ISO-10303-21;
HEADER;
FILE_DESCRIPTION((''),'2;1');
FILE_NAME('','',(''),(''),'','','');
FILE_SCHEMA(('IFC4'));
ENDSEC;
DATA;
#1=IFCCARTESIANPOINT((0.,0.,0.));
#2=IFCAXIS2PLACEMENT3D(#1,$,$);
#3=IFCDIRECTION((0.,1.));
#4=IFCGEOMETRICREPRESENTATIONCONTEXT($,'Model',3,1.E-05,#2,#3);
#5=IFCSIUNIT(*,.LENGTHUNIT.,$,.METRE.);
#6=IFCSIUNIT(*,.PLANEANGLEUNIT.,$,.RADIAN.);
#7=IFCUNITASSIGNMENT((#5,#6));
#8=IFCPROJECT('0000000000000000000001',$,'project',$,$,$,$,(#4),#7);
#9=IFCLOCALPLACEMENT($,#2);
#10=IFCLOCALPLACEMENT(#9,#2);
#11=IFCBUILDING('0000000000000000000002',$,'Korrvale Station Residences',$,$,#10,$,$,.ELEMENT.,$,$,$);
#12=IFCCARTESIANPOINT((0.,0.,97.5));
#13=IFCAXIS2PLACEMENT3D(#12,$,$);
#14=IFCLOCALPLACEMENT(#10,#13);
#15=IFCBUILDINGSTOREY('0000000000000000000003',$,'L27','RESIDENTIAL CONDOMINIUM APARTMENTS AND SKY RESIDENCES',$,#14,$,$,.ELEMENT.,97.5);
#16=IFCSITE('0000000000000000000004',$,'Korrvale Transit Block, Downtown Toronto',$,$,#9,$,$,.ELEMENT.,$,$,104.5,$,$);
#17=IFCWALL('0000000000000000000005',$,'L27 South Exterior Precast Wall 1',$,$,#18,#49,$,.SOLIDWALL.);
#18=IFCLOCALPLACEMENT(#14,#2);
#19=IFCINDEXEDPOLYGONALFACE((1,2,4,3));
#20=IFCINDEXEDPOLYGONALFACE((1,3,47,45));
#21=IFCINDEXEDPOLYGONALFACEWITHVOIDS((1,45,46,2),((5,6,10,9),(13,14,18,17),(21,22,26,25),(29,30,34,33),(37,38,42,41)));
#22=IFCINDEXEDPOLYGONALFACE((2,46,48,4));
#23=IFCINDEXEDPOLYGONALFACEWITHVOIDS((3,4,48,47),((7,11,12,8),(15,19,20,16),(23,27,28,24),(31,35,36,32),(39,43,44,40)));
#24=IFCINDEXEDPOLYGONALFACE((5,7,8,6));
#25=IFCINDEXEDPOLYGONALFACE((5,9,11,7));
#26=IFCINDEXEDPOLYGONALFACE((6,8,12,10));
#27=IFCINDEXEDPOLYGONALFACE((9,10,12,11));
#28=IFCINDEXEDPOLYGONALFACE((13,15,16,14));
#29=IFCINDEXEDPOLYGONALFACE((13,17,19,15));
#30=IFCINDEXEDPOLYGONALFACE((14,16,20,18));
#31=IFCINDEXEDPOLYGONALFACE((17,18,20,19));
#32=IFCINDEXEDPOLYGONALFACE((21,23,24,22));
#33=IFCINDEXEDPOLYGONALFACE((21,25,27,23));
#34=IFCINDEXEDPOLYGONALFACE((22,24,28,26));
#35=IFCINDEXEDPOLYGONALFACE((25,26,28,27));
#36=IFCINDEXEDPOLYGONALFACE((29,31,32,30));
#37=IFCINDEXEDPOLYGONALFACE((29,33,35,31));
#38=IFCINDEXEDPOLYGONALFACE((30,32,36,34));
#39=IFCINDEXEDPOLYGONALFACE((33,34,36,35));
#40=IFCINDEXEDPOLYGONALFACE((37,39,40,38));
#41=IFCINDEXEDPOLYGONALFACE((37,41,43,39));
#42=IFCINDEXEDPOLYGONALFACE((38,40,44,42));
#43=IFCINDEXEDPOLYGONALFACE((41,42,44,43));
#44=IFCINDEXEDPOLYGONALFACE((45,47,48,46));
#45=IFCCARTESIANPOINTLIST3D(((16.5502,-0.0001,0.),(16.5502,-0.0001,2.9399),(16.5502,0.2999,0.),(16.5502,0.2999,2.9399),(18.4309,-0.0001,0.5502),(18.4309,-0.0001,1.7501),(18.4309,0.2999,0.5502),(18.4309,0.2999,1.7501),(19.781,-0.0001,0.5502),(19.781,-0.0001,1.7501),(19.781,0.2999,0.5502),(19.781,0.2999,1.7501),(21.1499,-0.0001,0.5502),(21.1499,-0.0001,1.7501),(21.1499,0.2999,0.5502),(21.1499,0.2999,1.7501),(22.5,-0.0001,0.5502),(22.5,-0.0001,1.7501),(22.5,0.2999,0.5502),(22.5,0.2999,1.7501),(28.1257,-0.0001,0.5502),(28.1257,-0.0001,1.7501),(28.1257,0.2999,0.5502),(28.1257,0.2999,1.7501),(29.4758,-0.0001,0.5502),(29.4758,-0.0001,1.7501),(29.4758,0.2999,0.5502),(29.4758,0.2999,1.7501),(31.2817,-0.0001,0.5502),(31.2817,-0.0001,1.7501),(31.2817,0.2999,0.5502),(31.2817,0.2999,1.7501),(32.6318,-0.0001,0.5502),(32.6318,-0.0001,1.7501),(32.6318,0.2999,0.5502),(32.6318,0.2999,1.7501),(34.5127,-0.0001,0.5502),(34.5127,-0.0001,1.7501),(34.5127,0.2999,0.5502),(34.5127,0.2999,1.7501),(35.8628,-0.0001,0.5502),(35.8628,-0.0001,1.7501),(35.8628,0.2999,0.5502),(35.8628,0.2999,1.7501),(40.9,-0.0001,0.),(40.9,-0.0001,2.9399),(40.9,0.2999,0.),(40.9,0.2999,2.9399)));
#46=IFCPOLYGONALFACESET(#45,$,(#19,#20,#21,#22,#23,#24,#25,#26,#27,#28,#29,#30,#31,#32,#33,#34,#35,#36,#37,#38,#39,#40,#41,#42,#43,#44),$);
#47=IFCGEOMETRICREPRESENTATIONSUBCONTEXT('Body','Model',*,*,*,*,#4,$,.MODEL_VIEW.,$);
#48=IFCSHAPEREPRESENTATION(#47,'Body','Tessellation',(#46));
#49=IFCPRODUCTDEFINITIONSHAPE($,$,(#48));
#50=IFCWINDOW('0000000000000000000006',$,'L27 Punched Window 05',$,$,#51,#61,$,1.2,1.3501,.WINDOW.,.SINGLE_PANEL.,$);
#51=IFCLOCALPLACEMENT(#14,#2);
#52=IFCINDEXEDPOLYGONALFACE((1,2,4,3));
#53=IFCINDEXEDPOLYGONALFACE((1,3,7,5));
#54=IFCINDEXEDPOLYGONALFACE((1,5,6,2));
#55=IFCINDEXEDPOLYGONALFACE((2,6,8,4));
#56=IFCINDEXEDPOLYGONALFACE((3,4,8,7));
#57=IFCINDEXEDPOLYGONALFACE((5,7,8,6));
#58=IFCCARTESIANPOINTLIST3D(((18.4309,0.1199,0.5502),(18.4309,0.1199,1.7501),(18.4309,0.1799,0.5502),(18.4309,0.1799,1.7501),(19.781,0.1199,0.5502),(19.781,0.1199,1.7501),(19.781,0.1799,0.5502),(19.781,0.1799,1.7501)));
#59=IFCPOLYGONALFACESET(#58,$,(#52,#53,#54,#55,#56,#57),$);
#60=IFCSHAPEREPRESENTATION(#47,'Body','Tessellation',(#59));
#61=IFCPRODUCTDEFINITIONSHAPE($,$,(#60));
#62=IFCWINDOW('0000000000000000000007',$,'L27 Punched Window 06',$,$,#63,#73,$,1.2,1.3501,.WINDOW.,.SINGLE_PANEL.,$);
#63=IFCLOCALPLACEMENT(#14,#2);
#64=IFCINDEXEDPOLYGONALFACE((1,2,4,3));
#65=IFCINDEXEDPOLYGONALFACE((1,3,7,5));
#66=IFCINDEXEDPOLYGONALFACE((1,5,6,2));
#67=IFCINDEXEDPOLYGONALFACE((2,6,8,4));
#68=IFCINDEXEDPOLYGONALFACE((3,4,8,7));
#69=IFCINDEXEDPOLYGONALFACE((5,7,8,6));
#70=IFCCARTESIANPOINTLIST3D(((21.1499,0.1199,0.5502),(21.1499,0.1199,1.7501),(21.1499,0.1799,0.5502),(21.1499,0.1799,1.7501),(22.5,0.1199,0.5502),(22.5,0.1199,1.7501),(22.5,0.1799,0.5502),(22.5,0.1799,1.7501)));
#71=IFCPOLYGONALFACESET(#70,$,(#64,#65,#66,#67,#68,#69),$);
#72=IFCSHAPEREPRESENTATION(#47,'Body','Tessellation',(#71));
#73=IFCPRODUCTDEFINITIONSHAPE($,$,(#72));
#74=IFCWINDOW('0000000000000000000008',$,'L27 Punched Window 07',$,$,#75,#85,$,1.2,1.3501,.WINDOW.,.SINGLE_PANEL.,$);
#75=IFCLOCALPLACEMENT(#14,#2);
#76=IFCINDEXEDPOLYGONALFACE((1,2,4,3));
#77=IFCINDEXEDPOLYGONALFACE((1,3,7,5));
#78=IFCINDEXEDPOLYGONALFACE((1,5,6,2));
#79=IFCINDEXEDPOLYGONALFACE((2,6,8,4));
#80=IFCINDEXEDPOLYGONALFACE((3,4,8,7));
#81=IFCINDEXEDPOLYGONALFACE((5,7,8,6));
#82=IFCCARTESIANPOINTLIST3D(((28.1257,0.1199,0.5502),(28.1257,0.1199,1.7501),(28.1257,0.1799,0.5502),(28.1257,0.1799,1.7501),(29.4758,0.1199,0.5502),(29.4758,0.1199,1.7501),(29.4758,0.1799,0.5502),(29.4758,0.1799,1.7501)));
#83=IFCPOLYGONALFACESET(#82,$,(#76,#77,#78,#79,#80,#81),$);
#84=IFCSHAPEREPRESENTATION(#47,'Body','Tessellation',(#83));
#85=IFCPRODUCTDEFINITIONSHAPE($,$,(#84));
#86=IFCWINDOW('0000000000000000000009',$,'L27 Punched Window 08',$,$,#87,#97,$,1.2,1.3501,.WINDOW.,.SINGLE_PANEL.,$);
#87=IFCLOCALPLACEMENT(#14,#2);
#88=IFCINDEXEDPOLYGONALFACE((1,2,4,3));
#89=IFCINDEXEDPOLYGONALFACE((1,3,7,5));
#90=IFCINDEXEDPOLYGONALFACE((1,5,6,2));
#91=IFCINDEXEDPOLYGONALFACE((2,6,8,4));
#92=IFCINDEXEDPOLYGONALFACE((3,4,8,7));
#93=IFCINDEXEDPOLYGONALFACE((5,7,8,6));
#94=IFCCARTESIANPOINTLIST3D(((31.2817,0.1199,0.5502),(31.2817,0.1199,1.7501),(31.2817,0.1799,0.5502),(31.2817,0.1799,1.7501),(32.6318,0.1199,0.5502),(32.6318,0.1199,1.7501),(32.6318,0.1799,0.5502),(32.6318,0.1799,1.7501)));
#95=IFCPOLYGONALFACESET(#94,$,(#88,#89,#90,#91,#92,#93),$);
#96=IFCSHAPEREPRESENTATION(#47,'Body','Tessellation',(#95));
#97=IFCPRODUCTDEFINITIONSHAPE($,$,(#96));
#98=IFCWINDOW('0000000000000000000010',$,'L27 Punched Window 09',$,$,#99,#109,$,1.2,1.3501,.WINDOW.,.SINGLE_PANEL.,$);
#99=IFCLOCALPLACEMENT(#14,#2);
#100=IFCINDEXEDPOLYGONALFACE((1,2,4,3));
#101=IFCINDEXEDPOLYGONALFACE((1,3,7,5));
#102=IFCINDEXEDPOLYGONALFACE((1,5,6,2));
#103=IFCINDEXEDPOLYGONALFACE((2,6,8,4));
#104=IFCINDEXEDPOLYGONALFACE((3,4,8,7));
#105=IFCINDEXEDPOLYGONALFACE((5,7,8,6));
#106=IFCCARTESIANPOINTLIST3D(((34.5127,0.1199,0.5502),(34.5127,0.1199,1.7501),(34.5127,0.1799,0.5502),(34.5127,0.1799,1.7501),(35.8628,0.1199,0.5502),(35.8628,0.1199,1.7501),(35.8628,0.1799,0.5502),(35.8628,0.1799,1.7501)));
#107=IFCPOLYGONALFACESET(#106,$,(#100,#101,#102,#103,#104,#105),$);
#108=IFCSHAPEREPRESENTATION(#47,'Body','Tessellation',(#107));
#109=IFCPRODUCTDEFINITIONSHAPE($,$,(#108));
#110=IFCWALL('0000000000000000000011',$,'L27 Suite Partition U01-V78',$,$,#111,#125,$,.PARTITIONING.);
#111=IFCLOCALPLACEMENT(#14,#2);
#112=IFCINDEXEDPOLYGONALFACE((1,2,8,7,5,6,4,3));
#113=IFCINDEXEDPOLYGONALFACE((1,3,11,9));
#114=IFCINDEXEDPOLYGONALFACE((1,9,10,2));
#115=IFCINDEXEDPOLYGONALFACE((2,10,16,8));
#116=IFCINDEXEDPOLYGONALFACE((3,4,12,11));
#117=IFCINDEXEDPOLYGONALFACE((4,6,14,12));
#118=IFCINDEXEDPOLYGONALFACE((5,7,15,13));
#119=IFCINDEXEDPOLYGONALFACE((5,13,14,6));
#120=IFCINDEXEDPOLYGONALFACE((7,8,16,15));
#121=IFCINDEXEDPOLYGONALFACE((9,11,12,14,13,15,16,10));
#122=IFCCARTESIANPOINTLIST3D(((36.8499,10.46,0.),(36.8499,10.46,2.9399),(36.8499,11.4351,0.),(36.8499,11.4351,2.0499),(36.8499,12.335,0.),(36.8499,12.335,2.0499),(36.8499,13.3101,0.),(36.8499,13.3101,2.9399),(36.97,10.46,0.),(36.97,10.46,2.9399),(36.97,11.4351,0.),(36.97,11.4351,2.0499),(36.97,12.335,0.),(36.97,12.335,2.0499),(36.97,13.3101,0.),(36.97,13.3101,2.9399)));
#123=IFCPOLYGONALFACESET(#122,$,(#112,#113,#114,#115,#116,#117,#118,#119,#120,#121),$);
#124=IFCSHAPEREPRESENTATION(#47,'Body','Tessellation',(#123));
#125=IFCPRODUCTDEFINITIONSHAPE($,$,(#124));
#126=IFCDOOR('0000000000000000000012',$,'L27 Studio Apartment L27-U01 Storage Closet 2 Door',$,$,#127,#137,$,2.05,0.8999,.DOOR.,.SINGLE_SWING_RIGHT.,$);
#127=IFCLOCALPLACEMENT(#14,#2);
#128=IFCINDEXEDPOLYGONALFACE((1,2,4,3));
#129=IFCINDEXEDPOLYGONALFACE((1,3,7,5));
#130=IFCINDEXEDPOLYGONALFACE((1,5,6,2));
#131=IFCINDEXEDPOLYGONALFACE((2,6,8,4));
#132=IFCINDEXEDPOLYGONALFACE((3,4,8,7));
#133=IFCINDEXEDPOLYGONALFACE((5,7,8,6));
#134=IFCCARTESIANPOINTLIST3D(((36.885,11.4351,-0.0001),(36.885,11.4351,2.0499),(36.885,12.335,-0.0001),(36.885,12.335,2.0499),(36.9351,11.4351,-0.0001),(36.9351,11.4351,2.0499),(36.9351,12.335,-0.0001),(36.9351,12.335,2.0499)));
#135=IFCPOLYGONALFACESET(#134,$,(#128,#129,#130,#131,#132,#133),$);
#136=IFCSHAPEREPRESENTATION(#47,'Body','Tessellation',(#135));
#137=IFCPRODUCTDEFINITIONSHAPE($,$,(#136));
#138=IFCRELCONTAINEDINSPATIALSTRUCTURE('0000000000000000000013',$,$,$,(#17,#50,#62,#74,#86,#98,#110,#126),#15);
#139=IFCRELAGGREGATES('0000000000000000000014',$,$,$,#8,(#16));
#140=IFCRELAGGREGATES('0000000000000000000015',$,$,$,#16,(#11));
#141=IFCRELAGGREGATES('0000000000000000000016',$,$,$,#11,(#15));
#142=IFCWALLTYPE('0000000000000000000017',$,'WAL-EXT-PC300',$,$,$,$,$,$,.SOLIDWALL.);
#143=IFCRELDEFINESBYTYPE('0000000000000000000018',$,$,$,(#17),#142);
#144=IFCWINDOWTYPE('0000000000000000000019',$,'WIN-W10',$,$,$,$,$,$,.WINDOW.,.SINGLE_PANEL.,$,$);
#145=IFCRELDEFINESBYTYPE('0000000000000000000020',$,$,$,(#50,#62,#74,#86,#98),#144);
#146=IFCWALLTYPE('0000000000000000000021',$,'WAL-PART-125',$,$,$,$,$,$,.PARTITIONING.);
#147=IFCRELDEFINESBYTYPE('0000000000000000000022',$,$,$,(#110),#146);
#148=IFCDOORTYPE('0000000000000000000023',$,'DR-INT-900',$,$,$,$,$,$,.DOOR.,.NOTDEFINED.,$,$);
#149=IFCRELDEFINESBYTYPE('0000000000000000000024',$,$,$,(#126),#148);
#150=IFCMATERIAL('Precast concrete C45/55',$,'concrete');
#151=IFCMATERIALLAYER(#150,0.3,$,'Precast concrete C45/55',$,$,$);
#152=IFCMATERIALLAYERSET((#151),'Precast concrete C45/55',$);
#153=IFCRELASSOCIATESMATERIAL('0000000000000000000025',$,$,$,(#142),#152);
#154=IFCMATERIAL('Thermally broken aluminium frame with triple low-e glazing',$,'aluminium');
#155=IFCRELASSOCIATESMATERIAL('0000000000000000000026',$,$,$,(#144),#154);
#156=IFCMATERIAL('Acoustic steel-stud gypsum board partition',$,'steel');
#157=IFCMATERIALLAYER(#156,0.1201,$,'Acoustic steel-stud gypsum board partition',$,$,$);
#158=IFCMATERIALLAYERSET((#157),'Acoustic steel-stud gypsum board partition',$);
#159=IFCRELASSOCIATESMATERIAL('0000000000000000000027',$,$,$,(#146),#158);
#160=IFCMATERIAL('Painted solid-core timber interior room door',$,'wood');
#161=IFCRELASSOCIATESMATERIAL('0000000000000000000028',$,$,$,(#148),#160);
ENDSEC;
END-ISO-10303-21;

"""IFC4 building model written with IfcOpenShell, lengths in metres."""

from ifc_helpers import new_model, si_unit, direction, frame, frame_2d, origin, place, context, subcontext, project, spatial, rectangle, extrude, material, layer, layer_set, type_object, element, fill, save


model = new_model("IFC4")

# Units and contexts
model_context = context("Model", 3, precision=1e-05, world=origin(), true_north=direction((0.0, 1.0)))
body_context = subcontext(model_context, "Body", "Model", "MODEL_VIEW")
ifc_project = project(units=[si_unit("LENGTHUNIT", "METRE"), si_unit("PLANEANGLEUNIT", "RADIAN")], contexts=[model_context])

# Site, building, storey
site_placement = place(None, origin())
site = spatial("IfcSite", under=ifc_project, at=site_placement, Name="Korrvale Transit Block, Downtown Toronto", CompositionType="ELEMENT", RefElevation=104.5)
building_placement = place(site_placement, origin())
building = spatial("IfcBuilding", under=site, at=building_placement, Name="Korrvale Station Residences", CompositionType="ELEMENT")
storey_placement = place(building_placement, frame((0.0, 0.0, 97.5)))
storey = spatial("IfcBuildingStorey", under=building, at=storey_placement, Name="L27", Description="RESIDENTIAL CONDOMINIUM APARTMENTS AND SKY RESIDENCES", CompositionType="ELEMENT", Elevation=97.5)

# Shared definitions
ifc_material_1 = material(Name="Precast concrete C45/55", Category="concrete")

# Wall, openings, windows
ifc_layer_1 = layer(ifc_material_1, 0.3, Name="Precast concrete C45/55")
ifc_layer_set_1 = layer_set([ifc_layer_1], Name="Precast concrete C45/55")
wall_type_1 = type_object("IfcWallType", Name="WAL-EXT-PC300", PredefinedType="SOLIDWALL", material=ifc_layer_set_1)
wall_1_placement = place(storey_placement, frame((40.8999, 0.1499, 0.0), z_axis=(0.0, 0.0, 1.0), x_axis=(-1.0, 0.0, 0.0)))
wall_1 = element("IfcWall", 1, at=wall_1_placement, inside=storey, type_object=wall_type_1, Name="L27 South Exterior Precast Wall 1", PredefinedType="SOLIDWALL", context=body_context, shape_type="SweptSolid", body=[
    extrude(rectangle(XDim=24.3499, YDim=0.3, at=frame_2d((12.1748, 0.0))), origin(), (0.0, 0.0, 1.0), 2.9399),
])
opening_1_placement = place(wall_1_placement, frame((21.1189, 0.0, 0.55)))
opening_1 = element("IfcOpeningElement", 2, at=opening_1_placement, cuts=wall_1, PredefinedType="OPENING", context=body_context, shape_type="SweptSolid", body=[
    extrude(rectangle(XDim=1.3501, YDim=1.2, at=frame_2d((0.675, 0.6001))), frame((0.0, 0.1602, 0.0), z_axis=(0.0, -1.0, 0.0), x_axis=(1.0, 0.0, 0.0)), (0.0, 0.0, 1.0), 0.3201),
])
opening_2_placement = place(wall_1_placement, frame((18.3999, 0.0, 0.55)))
opening_2 = element("IfcOpeningElement", 3, at=opening_2_placement, cuts=wall_1, PredefinedType="OPENING", context=body_context, shape_type="SweptSolid", body=[
    extrude(rectangle(XDim=1.3501, YDim=1.2, at=frame_2d((0.675, 0.6001))), frame((0.0, 0.1602, 0.0), z_axis=(0.0, -1.0, 0.0), x_axis=(1.0, 0.0, 0.0)), (0.0, 0.0, 1.0), 0.3201),
])
opening_3_placement = place(wall_1_placement, frame((11.4241, 0.0, 0.55)))
opening_3 = element("IfcOpeningElement", 4, at=opening_3_placement, cuts=wall_1, PredefinedType="OPENING", context=body_context, shape_type="SweptSolid", body=[
    extrude(rectangle(XDim=1.3501, YDim=1.2, at=frame_2d((0.675, 0.6001))), frame((0.0, 0.1602, 0.0), z_axis=(0.0, -1.0, 0.0), x_axis=(1.0, 0.0, 0.0)), (0.0, 0.0, 1.0), 0.3201),
])
opening_4_placement = place(wall_1_placement, frame((8.2681, 0.0, 0.55)))
opening_4 = element("IfcOpeningElement", 5, at=opening_4_placement, cuts=wall_1, PredefinedType="OPENING", context=body_context, shape_type="SweptSolid", body=[
    extrude(rectangle(XDim=1.3501, YDim=1.2, at=frame_2d((0.675, 0.6001))), frame((0.0, 0.1602, 0.0), z_axis=(0.0, -1.0, 0.0), x_axis=(1.0, 0.0, 0.0)), (0.0, 0.0, 1.0), 0.3201),
])
opening_5_placement = place(wall_1_placement, frame((5.0371, 0.0, 0.55)))
opening_5 = element("IfcOpeningElement", 6, at=opening_5_placement, cuts=wall_1, PredefinedType="OPENING", context=body_context, shape_type="SweptSolid", body=[
    extrude(rectangle(XDim=1.3501, YDim=1.2, at=frame_2d((0.675, 0.6001))), frame((0.0, 0.1602, 0.0), z_axis=(0.0, -1.0, 0.0), x_axis=(1.0, 0.0, 0.0)), (0.0, 0.0, 1.0), 0.3201),
])
ifc_material_2 = material(Name="Thermally broken aluminium frame with triple low-e glazing", Category="aluminium")
window_type = type_object("IfcWindowType", Name="WIN-W10", PartitioningType="SINGLE_PANEL", PredefinedType="WINDOW", material=ifc_material_2)
window_1_placement = place(opening_1_placement, origin())
window_1 = element("IfcWindow", 7, at=window_1_placement, inside=storey, type_object=window_type, Name="L27 Punched Window 05", OverallHeight=1.2, OverallWidth=1.3501, PartitioningType="SINGLE_PANEL", PredefinedType="WINDOW", context=body_context, shape_type="SweptSolid", body=[
    extrude(rectangle(XDim=1.3501, YDim=1.2, at=frame_2d((0.675, 0.6001))), frame((0.0, 0.03, 0.0), z_axis=(0.0, -1.0, 0.0), x_axis=(1.0, 0.0, 0.0)), (0.0, 0.0, 1.0), 0.0601),
])
fill(opening_1, window_1)
window_2_placement = place(opening_2_placement, origin())
window_2 = element("IfcWindow", 8, at=window_2_placement, inside=storey, type_object=window_type, Name="L27 Punched Window 06", OverallHeight=1.2, OverallWidth=1.3501, PartitioningType="SINGLE_PANEL", PredefinedType="WINDOW", context=body_context, shape_type="SweptSolid", body=[
    extrude(rectangle(XDim=1.3501, YDim=1.2, at=frame_2d((0.675, 0.6001))), frame((0.0, 0.03, 0.0), z_axis=(0.0, -1.0, 0.0), x_axis=(1.0, 0.0, 0.0)), (0.0, 0.0, 1.0), 0.0601),
])
fill(opening_2, window_2)
window_3_placement = place(opening_3_placement, origin())
window_3 = element("IfcWindow", 9, at=window_3_placement, inside=storey, type_object=window_type, Name="L27 Punched Window 07", OverallHeight=1.2, OverallWidth=1.3501, PartitioningType="SINGLE_PANEL", PredefinedType="WINDOW", context=body_context, shape_type="SweptSolid", body=[
    extrude(rectangle(XDim=1.3501, YDim=1.2, at=frame_2d((0.675, 0.6001))), frame((0.0, 0.03, 0.0), z_axis=(0.0, -1.0, 0.0), x_axis=(1.0, 0.0, 0.0)), (0.0, 0.0, 1.0), 0.0601),
])
fill(opening_3, window_3)
window_4_placement = place(opening_4_placement, origin())
window_4 = element("IfcWindow", 10, at=window_4_placement, inside=storey, type_object=window_type, Name="L27 Punched Window 08", OverallHeight=1.2, OverallWidth=1.3501, PartitioningType="SINGLE_PANEL", PredefinedType="WINDOW", context=body_context, shape_type="SweptSolid", body=[
    extrude(rectangle(XDim=1.3501, YDim=1.2, at=frame_2d((0.675, 0.6001))), frame((0.0, 0.03, 0.0), z_axis=(0.0, -1.0, 0.0), x_axis=(1.0, 0.0, 0.0)), (0.0, 0.0, 1.0), 0.0601),
])
fill(opening_4, window_4)
window_5_placement = place(opening_5_placement, origin())
window_5 = element("IfcWindow", 11, at=window_5_placement, inside=storey, type_object=window_type, Name="L27 Punched Window 09", OverallHeight=1.2, OverallWidth=1.3501, PartitioningType="SINGLE_PANEL", PredefinedType="WINDOW", context=body_context, shape_type="SweptSolid", body=[
    extrude(rectangle(XDim=1.3501, YDim=1.2, at=frame_2d((0.675, 0.6001))), frame((0.0, 0.03, 0.0), z_axis=(0.0, -1.0, 0.0), x_axis=(1.0, 0.0, 0.0)), (0.0, 0.0, 1.0), 0.0601),
])
fill(opening_5, window_5)

# Wall, opening, door
ifc_material_3 = material(Name="Acoustic steel-stud gypsum board partition", Category="steel")
ifc_layer_2 = layer(ifc_material_3, 0.1201, Name="Acoustic steel-stud gypsum board partition")
ifc_layer_set_2 = layer_set([ifc_layer_2], Name="Acoustic steel-stud gypsum board partition")
wall_type_2 = type_object("IfcWallType", Name="WAL-PART-125", PredefinedType="PARTITIONING", material=ifc_layer_set_2)
wall_2_placement = place(storey_placement, frame((36.9099, 10.46, 0.0), z_axis=(0.0, 0.0, 1.0), x_axis=(0.0, 1.0, 0.0)))
wall_2 = element("IfcWall", 12, at=wall_2_placement, inside=storey, type_object=wall_type_2, Name="L27 Suite Partition U01-V78", PredefinedType="PARTITIONING", context=body_context, shape_type="SweptSolid", body=[
    extrude(rectangle(XDim=2.8501, YDim=0.1201, at=frame_2d((1.425, 0.0))), origin(), (0.0, 0.0, 1.0), 2.9399),
])
opening_6_placement = place(wall_2_placement, frame((0.9751, 0.0, 0.0)))
opening_6 = element("IfcOpeningElement", 13, at=opening_6_placement, cuts=wall_2, PredefinedType="OPENING", context=body_context, shape_type="SweptSolid", body=[
    extrude(rectangle(XDim=0.8999, YDim=2.05, at=frame_2d((0.45, 1.0249))), frame((0.0, 0.0701, 0.0), z_axis=(0.0, -1.0, 0.0), x_axis=(1.0, 0.0, 0.0)), (0.0, 0.0, 1.0), 0.1401),
])
ifc_material_4 = material(Name="Painted solid-core timber interior room door", Category="wood")
door_type = type_object("IfcDoorType", Name="DR-INT-900", OperationType="NOTDEFINED", PredefinedType="DOOR", material=ifc_material_4)
door_1_placement = place(opening_6_placement, origin())
door_1 = element("IfcDoor", 14, at=door_1_placement, inside=storey, type_object=door_type, Name="L27 Studio Apartment L27-U01 Storage Closet 2 Door", OperationType="SINGLE_SWING_RIGHT", OverallHeight=2.05, OverallWidth=0.8999, PredefinedType="DOOR", context=body_context, shape_type="SweptSolid", body=[
    extrude(rectangle(XDim=0.8999, YDim=2.05, at=frame_2d((0.45, 1.0249))), frame((0.0, 0.0249, 0.0), z_axis=(0.0, -1.0, 0.0), x_axis=(1.0, 0.0, 0.0)), (0.0, 0.0, 1.0), 0.05),
])
fill(opening_6, door_1)

save(model, "model.ifc")
